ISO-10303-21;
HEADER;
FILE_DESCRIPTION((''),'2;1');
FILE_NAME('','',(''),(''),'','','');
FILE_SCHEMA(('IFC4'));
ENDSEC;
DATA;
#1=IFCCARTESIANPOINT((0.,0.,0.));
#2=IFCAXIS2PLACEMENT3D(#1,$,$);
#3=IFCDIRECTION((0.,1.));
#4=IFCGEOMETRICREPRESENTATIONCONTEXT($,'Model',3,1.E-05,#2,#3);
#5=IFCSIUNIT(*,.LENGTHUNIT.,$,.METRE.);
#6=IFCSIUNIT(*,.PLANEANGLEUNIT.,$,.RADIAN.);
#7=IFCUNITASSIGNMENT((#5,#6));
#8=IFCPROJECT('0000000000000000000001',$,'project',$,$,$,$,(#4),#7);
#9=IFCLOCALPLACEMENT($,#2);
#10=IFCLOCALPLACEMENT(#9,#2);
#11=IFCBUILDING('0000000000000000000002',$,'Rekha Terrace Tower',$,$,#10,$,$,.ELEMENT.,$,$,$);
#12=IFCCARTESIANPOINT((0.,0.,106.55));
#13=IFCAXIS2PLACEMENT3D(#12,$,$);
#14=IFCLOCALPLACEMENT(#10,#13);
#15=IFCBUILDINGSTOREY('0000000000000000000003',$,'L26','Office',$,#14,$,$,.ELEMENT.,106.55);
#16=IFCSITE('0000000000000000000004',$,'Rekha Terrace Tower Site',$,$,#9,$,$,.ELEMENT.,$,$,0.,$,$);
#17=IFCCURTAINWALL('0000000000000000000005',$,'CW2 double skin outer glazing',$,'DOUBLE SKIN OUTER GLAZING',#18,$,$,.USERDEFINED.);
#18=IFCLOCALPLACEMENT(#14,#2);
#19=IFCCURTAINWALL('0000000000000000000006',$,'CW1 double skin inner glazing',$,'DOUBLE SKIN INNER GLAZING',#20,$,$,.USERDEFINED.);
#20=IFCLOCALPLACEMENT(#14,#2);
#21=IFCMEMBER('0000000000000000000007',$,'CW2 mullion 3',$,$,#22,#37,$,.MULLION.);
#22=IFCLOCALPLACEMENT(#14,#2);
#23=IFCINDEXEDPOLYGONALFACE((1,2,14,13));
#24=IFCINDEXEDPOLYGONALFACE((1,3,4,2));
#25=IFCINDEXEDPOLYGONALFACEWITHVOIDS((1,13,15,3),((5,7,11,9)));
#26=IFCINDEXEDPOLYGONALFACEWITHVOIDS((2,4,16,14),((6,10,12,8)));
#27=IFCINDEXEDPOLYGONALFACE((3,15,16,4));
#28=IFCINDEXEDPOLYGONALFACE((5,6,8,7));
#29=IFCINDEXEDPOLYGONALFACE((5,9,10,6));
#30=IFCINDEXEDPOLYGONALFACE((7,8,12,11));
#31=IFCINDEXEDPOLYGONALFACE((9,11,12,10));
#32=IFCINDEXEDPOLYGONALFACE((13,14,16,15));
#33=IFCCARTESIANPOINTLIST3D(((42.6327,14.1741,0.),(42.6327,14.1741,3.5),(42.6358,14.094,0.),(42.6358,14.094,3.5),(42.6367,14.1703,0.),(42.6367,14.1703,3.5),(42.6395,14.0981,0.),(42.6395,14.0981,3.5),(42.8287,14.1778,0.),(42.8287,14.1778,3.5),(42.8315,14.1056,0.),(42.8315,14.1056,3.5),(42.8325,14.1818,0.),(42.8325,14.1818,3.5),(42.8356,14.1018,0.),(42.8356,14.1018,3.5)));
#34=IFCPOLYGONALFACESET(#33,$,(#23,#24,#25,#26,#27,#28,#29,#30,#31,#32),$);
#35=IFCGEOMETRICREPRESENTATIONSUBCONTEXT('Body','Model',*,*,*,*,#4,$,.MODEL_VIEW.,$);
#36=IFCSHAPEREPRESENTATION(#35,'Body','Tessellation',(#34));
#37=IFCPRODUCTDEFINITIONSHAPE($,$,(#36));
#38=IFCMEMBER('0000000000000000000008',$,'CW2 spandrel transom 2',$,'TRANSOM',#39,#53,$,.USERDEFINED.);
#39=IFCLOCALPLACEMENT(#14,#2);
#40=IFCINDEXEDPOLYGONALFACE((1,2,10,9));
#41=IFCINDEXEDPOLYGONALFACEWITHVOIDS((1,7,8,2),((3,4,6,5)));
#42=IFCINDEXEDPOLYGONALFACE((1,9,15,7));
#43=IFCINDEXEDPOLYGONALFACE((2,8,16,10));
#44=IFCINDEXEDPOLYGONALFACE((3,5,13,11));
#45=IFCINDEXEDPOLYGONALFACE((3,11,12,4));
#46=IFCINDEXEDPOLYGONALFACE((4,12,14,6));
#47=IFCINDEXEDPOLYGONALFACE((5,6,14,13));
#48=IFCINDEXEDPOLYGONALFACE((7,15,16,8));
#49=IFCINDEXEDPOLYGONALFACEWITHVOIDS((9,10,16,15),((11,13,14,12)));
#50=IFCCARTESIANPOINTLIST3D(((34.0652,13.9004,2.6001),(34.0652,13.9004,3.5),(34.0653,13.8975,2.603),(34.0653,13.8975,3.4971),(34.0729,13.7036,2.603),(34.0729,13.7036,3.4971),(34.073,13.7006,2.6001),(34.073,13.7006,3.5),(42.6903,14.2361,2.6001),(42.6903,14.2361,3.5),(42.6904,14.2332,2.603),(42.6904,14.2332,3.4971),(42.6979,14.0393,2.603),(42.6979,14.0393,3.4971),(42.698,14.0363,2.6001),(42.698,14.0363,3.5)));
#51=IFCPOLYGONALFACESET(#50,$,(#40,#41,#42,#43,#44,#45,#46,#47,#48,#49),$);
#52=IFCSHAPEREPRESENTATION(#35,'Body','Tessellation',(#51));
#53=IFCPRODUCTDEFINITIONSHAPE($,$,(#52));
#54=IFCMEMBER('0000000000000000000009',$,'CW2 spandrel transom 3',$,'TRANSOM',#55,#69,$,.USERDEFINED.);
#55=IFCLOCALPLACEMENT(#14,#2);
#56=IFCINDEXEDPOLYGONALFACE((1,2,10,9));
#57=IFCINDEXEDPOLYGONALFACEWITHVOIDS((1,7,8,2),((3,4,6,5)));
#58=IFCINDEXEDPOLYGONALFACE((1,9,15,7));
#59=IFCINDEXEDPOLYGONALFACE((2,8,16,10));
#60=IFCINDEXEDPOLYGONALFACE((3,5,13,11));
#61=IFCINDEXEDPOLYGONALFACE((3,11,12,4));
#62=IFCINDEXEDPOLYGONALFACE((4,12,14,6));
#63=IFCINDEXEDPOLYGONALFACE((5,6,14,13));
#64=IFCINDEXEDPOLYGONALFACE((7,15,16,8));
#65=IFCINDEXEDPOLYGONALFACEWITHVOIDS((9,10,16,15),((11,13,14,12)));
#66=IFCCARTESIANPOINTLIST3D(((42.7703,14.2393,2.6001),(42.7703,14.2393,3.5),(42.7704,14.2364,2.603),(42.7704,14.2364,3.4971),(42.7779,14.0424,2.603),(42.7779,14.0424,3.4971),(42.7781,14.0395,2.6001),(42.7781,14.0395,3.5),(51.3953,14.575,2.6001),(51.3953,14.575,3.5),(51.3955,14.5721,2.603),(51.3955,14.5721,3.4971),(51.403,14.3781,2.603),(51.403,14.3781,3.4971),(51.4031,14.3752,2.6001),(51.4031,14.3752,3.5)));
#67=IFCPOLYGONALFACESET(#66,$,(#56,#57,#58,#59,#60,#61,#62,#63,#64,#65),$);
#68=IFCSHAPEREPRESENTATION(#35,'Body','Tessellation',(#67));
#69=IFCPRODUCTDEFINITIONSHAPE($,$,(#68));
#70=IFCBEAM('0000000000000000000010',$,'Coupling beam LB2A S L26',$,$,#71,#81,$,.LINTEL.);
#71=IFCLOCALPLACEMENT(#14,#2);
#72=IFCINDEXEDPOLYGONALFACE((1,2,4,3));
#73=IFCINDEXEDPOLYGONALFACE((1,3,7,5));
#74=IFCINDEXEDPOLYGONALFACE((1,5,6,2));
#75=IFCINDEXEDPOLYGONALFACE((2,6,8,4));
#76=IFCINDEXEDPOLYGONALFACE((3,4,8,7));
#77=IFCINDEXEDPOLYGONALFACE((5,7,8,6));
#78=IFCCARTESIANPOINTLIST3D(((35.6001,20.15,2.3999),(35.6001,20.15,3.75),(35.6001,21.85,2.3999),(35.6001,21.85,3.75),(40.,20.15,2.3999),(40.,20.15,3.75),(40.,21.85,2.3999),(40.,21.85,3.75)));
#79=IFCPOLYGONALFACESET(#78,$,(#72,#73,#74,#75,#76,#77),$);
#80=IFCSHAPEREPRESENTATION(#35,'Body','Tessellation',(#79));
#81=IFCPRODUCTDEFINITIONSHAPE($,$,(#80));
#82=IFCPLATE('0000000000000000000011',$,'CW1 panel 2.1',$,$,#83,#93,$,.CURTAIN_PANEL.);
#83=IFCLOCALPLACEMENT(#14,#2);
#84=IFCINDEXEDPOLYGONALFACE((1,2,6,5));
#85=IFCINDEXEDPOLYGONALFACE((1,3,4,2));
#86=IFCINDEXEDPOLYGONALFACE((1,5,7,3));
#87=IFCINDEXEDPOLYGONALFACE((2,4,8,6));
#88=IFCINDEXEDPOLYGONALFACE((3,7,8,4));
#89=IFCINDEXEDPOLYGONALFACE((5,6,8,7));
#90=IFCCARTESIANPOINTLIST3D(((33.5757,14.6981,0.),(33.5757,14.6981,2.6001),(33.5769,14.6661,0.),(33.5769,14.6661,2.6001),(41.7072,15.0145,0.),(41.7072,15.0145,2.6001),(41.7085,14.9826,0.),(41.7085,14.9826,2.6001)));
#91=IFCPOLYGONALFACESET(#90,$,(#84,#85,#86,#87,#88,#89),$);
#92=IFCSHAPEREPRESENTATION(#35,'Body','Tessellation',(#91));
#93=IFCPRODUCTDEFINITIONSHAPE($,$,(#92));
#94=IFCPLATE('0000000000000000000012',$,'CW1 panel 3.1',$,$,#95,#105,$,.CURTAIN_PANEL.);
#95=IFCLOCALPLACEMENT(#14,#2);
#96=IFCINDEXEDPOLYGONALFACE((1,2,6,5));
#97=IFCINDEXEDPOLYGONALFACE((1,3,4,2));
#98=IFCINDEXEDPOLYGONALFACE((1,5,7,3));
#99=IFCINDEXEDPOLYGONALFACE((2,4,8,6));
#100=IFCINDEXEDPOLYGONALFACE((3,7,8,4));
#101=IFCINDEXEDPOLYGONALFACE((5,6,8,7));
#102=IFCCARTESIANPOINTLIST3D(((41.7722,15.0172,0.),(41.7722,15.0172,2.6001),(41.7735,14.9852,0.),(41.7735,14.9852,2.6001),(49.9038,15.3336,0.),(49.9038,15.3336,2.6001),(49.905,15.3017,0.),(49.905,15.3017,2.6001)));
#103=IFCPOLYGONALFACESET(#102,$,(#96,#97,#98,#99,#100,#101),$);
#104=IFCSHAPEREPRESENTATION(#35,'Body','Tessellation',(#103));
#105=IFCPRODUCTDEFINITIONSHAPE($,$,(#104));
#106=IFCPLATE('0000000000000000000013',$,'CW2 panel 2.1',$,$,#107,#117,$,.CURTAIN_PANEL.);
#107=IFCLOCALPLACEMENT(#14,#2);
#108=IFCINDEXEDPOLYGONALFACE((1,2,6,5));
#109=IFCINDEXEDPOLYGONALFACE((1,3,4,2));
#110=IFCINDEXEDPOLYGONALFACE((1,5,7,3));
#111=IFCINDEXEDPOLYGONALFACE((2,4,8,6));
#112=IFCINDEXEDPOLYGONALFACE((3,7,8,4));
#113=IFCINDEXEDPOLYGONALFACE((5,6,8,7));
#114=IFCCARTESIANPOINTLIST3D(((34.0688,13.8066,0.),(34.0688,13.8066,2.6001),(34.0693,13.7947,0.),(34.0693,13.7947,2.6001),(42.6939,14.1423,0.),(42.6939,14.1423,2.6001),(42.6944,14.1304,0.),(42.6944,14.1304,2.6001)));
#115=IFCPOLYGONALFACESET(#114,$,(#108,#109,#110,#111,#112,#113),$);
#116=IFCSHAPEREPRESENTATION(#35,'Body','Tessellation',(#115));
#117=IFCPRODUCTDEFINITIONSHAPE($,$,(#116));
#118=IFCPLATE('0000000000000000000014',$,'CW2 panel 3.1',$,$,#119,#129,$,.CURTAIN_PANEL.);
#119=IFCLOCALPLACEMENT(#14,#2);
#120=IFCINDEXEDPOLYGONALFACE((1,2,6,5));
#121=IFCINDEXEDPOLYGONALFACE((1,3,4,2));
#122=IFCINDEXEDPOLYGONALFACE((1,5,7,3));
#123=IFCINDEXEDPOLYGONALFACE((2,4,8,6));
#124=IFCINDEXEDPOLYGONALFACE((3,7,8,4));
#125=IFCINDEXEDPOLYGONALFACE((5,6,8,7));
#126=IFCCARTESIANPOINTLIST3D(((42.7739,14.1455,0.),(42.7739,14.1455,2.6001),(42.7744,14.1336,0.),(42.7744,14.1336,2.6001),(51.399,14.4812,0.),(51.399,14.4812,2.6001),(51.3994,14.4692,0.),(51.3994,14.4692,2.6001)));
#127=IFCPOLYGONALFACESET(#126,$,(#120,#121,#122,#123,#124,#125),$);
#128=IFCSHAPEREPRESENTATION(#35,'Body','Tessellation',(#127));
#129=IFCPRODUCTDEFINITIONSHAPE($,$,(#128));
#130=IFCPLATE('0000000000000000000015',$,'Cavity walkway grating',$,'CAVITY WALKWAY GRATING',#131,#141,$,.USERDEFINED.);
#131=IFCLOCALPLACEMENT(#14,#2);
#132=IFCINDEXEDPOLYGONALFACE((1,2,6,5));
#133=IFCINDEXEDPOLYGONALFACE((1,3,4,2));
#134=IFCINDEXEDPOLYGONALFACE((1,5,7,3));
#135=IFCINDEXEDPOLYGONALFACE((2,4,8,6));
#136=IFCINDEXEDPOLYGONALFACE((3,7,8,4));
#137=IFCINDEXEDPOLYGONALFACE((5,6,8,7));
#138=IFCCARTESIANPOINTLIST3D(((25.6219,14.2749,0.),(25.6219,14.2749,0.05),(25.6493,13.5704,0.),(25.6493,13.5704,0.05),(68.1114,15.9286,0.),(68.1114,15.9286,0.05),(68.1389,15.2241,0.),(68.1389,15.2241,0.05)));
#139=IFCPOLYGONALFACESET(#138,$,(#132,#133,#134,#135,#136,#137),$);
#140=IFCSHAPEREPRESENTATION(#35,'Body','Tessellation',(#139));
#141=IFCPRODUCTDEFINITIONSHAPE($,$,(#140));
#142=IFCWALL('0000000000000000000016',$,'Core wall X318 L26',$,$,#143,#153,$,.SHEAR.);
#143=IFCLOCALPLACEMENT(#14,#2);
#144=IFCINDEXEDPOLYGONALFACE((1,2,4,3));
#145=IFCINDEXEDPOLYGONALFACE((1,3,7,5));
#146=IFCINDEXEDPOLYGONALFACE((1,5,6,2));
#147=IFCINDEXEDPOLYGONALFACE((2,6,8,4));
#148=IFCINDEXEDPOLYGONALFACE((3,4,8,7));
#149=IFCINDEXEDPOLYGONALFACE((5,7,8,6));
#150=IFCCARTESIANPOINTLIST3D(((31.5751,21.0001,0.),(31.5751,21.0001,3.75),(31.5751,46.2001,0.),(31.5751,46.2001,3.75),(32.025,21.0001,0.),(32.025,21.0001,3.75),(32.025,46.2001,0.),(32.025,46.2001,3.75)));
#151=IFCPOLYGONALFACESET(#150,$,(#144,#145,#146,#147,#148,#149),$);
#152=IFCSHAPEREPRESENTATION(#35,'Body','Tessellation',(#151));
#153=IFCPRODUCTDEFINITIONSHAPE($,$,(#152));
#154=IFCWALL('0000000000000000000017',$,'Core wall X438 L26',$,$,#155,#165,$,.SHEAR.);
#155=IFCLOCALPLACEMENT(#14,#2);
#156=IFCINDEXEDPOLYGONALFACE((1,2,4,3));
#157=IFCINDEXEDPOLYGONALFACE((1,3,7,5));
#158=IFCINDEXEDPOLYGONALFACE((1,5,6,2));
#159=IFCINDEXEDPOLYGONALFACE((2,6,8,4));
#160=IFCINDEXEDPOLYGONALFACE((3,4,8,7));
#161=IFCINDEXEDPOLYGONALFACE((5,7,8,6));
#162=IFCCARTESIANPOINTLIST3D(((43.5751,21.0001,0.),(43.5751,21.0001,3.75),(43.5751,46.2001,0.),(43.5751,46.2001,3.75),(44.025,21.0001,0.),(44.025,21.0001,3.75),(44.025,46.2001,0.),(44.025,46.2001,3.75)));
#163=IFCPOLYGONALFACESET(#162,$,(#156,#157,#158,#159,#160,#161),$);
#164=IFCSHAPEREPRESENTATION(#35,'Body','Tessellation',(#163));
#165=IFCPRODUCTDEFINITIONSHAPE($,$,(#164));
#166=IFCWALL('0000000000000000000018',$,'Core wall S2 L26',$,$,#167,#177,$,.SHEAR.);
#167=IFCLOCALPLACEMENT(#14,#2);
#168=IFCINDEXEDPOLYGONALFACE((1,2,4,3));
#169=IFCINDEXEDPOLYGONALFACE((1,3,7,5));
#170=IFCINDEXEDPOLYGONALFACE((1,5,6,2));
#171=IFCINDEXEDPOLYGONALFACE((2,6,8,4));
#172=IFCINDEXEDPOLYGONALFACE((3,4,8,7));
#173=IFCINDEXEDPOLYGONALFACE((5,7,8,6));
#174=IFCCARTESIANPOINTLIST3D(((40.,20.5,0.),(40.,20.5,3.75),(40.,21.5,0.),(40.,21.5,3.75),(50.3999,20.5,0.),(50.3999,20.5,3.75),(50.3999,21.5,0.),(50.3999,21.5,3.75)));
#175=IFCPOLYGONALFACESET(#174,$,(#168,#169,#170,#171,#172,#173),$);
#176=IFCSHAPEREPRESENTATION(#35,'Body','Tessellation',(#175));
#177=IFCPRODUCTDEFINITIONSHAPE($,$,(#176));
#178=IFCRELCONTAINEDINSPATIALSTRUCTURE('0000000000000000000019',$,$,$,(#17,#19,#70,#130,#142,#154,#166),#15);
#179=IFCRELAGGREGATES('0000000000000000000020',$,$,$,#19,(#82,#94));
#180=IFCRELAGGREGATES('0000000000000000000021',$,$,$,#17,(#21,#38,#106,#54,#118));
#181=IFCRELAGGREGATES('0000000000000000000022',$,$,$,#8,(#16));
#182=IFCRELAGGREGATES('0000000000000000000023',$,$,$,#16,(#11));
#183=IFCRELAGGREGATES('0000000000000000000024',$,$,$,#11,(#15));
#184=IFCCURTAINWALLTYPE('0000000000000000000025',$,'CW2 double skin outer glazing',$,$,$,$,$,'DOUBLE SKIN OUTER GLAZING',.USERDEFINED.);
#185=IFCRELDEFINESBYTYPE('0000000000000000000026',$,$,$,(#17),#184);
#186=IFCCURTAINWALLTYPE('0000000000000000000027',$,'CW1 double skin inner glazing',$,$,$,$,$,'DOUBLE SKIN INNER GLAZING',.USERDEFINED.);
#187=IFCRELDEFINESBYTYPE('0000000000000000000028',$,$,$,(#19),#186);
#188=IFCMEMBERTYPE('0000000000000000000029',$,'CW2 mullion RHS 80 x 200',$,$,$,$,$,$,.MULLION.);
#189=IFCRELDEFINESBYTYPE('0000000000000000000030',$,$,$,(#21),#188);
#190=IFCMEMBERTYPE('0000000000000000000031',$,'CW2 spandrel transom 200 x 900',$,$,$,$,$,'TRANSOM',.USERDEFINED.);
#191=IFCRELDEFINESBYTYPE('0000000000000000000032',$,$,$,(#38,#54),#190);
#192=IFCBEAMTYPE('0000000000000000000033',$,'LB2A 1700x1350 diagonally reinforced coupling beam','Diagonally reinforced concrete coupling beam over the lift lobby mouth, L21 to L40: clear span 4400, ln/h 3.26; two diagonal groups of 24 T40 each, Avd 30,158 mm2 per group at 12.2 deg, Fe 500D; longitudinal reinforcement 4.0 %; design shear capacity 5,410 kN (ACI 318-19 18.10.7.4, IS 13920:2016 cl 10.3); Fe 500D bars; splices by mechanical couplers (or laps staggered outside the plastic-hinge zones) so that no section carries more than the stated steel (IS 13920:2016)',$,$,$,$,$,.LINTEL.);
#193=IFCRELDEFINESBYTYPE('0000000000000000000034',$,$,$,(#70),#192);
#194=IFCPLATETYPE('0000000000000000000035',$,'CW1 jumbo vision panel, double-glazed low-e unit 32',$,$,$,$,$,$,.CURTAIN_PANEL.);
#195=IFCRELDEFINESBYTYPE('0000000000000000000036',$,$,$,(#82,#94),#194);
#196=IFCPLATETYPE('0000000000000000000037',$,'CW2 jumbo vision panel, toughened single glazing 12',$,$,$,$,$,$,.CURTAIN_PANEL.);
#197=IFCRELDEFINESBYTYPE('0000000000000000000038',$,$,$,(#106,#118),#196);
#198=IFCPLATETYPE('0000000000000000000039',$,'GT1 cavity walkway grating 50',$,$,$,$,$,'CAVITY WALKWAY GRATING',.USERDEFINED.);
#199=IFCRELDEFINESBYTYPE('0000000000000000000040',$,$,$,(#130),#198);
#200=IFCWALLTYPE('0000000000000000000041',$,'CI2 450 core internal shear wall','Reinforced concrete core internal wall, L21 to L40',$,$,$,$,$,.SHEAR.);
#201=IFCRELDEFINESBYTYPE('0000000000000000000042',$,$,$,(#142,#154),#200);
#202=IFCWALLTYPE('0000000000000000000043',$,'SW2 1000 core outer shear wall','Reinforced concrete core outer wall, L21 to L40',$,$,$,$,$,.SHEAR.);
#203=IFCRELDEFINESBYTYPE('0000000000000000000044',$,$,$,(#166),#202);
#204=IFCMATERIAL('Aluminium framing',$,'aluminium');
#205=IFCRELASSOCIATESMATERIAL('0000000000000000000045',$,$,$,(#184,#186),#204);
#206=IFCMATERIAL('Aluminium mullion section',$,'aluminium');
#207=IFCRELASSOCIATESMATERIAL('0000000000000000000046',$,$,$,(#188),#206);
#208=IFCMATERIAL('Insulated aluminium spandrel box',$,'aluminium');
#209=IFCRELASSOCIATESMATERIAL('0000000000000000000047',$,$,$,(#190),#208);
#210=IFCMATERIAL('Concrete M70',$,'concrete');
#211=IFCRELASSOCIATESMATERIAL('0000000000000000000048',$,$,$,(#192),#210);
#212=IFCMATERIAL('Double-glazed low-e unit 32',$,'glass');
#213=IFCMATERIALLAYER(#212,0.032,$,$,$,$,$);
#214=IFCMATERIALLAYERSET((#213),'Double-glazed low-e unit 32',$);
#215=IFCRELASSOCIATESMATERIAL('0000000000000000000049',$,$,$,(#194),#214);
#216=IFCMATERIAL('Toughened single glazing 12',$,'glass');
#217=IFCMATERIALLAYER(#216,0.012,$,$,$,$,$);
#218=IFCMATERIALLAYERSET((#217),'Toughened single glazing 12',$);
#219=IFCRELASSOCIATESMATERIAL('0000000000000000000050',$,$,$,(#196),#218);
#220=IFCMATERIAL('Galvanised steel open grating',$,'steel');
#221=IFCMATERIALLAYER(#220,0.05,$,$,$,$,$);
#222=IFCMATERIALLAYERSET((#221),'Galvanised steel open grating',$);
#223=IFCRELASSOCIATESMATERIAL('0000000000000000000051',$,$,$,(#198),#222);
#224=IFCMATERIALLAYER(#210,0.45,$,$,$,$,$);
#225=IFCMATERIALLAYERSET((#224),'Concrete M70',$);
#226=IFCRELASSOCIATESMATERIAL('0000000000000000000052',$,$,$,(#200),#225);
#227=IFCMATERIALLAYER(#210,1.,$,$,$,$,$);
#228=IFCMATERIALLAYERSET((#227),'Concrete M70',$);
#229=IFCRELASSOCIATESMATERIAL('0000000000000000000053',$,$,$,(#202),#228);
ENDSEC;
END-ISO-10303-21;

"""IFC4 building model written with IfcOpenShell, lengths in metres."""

from ifc_helpers import new_model, si_unit, direction, frame, frame_2d, origin, origin_2d, place, context, subcontext, project, spatial, rectangle, hollow_rectangle, extrude, material, layer, layer_set, material_profile, profile_set, type_object, element, aggregate, save


model = new_model("IFC4")

# Units and contexts
model_context = context("Model", 3, precision=1e-05, world=origin(), true_north=direction((0.0, 1.0)))
body_context = subcontext(model_context, "Body", "Model", "MODEL_VIEW")
ifc_project = project(units=[si_unit("LENGTHUNIT", "METRE"), si_unit("PLANEANGLEUNIT", "RADIAN")], contexts=[model_context])

# Site, building, storey
site_placement = place(None, origin())
site = spatial("IfcSite", under=ifc_project, at=site_placement, Name="Rekha Terrace Tower Site", CompositionType="ELEMENT", RefElevation=0.0)
building_placement = place(site_placement, origin())
building = spatial("IfcBuilding", under=site, at=building_placement, Name="Rekha Terrace Tower", CompositionType="ELEMENT")
storey_placement = place(building_placement, frame((0.0, 0.0, 106.55)))
storey = spatial("IfcBuildingStorey", under=building, at=storey_placement, Name="L26", Description="Office", CompositionType="ELEMENT", Elevation=106.55)

# Shared definitions
ifc_material_1 = material(Name="Concrete M70", Category="concrete")

# Curtain walls
ifc_material_2 = material(Name="Aluminium framing", Category="aluminium")
curtain_wall_type_1 = type_object("IfcCurtainWallType", Name="CW2 double skin outer glazing", ElementType="DOUBLE SKIN OUTER GLAZING", PredefinedType="USERDEFINED", material=ifc_material_2)
curtain_wall_1_placement = place(storey_placement, origin())
curtain_wall_1 = element("IfcCurtainWall", 1, at=curtain_wall_1_placement, inside=storey, type_object=curtain_wall_type_1, Name="CW2 double skin outer glazing", ObjectType="DOUBLE SKIN OUTER GLAZING", PredefinedType="USERDEFINED")
curtain_wall_type_2 = type_object("IfcCurtainWallType", Name="CW1 double skin inner glazing", ElementType="DOUBLE SKIN INNER GLAZING", PredefinedType="USERDEFINED", material=ifc_material_2)
curtain_wall_2_placement = place(storey_placement, origin())
curtain_wall_2 = element("IfcCurtainWall", 2, at=curtain_wall_2_placement, inside=storey, type_object=curtain_wall_type_2, Name="CW1 double skin inner glazing", ObjectType="DOUBLE SKIN INNER GLAZING", PredefinedType="USERDEFINED")
ifc_material_3 = material(Name="Aluminium mullion section", Category="aluminium")
ifc_material_4 = material(Name="Insulated aluminium spandrel box", Category="aluminium")

# Members
ifc_material_profile_1 = material_profile(ifc_material_3, hollow_rectangle(XDim=0.0801, YDim=0.2, WallThickness=0.0039, at=origin_2d()), Name="AL RHS 80x200")
ifc_profile_set_1 = profile_set([ifc_material_profile_1], Name="Aluminium mullion section")
member_type_1 = type_object("IfcMemberType", Name="CW2 mullion RHS 80 x 200", PredefinedType="MULLION", material=ifc_profile_set_1)
member_1_placement = place(storey_placement, frame((42.7341, 14.1379, 0.0), z_axis=(0.0, 0.0, 1.0), x_axis=(-0.03889, 0.999243, 0.0)))
member_1 = element("IfcMember", 3, at=member_1_placement, type_object=member_type_1, Name="CW2 mullion 3", PredefinedType="MULLION", context=body_context, shape_type="SweptSolid", body=[
    extrude(hollow_rectangle(XDim=0.0801, YDim=0.2, WallThickness=0.0039, at=origin_2d()), origin(), (0.0, 0.0, 1.0), 3.5),
])
ifc_material_profile_2 = material_profile(ifc_material_4, hollow_rectangle(XDim=0.2, YDim=0.8999, WallThickness=0.0029, at=origin_2d()), Name="AL SPANDREL BOX 200x900")
ifc_profile_set_2 = profile_set([ifc_material_profile_2], Name="Insulated aluminium spandrel box")
member_type_2 = type_object("IfcMemberType", Name="CW2 spandrel transom 200 x 900", ElementType="TRANSOM", PredefinedType="USERDEFINED", material=ifc_profile_set_2)
member_2_placement = place(storey_placement, frame((34.0691, 13.8005, 3.05), z_axis=(0.999243, 0.038892, 0.0), x_axis=(-0.038892, 0.999243, 0.0)))
member_2 = element("IfcMember", 4, at=member_2_placement, type_object=member_type_2, Name="CW2 spandrel transom 2", ObjectType="TRANSOM", PredefinedType="USERDEFINED", context=body_context, shape_type="SweptSolid", body=[
    extrude(hollow_rectangle(XDim=0.2, YDim=0.8999, WallThickness=0.0029, at=origin_2d()), origin(), (0.0, 0.0, 1.0), 8.6316),
])
member_3_placement = place(storey_placement, frame((42.7742, 14.1394, 3.05), z_axis=(0.999243, 0.038892, 0.0), x_axis=(-0.038892, 0.999243, 0.0)))
member_3 = element("IfcMember", 5, at=member_3_placement, type_object=member_type_2, Name="CW2 spandrel transom 3", ObjectType="TRANSOM", PredefinedType="USERDEFINED", context=body_context, shape_type="SweptSolid", body=[
    extrude(hollow_rectangle(XDim=0.2, YDim=0.8999, WallThickness=0.0029, at=origin_2d()), origin(), (0.0, 0.0, 1.0), 8.6316),
])

# Beam
ifc_material_profile_3 = material_profile(ifc_material_1, rectangle(XDim=1.7, YDim=1.3501, at=origin_2d()), Name="RC 1700x1350")
ifc_profile_set_3 = profile_set([ifc_material_profile_3], Name="Concrete M70")
beam_type = type_object("IfcBeamType", Name="LB2A 1700x1350 diagonally reinforced coupling beam", Description="Diagonally reinforced concrete coupling beam over the lift lobby mouth, L21 to L40: clear span 4400, ln/h 3.26; two diagonal groups of 24 T40 each, Avd 30,158 mm2 per group at 12.2 deg, Fe 500D; longitudinal reinforcement 4.0 %; design shear capacity 5,410 kN (ACI 318-19 18.10.7.4, IS 13920:2016 cl 10.3); Fe 500D bars; splices by mechanical couplers (or laps staggered outside the plastic-hinge zones) so that no section carries more than the stated steel (IS 13920:2016)", PredefinedType="LINTEL", material=ifc_profile_set_3)
beam_placement = place(storey_placement, frame((35.6001, 21.0, 3.075), z_axis=(1.0, 0.0, 0.0), x_axis=(0.0, 1.0, 0.0)))
element("IfcBeam", 6, at=beam_placement, inside=storey, type_object=beam_type, Name="Coupling beam LB2A S L26", PredefinedType="LINTEL", context=body_context, shape_type="SweptSolid", body=[
    extrude(rectangle(XDim=1.7, YDim=1.3501, at=origin_2d()), origin(), (0.0, 0.0, 1.0), 4.3999),
])

# Plates
ifc_material_5 = material(Name="Double-glazed low-e unit 32", Category="glass")
ifc_layer_1 = layer(ifc_material_5, 0.032)
ifc_layer_set_1 = layer_set([ifc_layer_1], Name="Double-glazed low-e unit 32")
plate_type_1 = type_object("IfcPlateType", Name="CW1 jumbo vision panel, double-glazed low-e unit 32", PredefinedType="CURTAIN_PANEL", material=ifc_layer_set_1)
plate_1_placement = place(storey_placement, frame((37.6421, 14.8403, 0.0), z_axis=(0.0, 0.0, 1.0), x_axis=(0.999243, 0.03889, 0.0)))
plate_1 = element("IfcPlate", 7, at=plate_1_placement, type_object=plate_type_1, Name="CW1 panel 2.1", PredefinedType="CURTAIN_PANEL", context=body_context, shape_type="SweptSolid", body=[
    extrude(rectangle(XDim=8.1377, YDim=0.032, at=origin_2d()), origin(), (0.0, 0.0, 1.0), 2.6001),
])
plate_2_placement = place(storey_placement, frame((45.8386, 15.1594, 0.0), z_axis=(0.0, 0.0, 1.0), x_axis=(0.999243, 0.03889, 0.0)))
plate_2 = element("IfcPlate", 8, at=plate_2_placement, type_object=plate_type_1, Name="CW1 panel 3.1", PredefinedType="CURTAIN_PANEL", context=body_context, shape_type="SweptSolid", body=[
    extrude(rectangle(XDim=8.1377, YDim=0.032, at=origin_2d()), origin(), (0.0, 0.0, 1.0), 2.6001),
])
aggregate(curtain_wall_2, [plate_1, plate_2])
ifc_material_6 = material(Name="Toughened single glazing 12", Category="glass")
ifc_layer_2 = layer(ifc_material_6, 0.012)
ifc_layer_set_2 = layer_set([ifc_layer_2], Name="Toughened single glazing 12")
plate_type_2 = type_object("IfcPlateType", Name="CW2 jumbo vision panel, toughened single glazing 12", PredefinedType="CURTAIN_PANEL", material=ifc_layer_set_2)
plate_3_placement = place(storey_placement, frame((38.3816, 13.9685, 0.0), z_axis=(0.0, 0.0, 1.0), x_axis=(0.999243, 0.03889, 0.0)))
plate_3 = element("IfcPlate", 9, at=plate_3_placement, type_object=plate_type_2, Name="CW2 panel 2.1", PredefinedType="CURTAIN_PANEL", context=body_context, shape_type="SweptSolid", body=[
    extrude(rectangle(XDim=8.6316, YDim=0.012, at=origin_2d()), origin(), (0.0, 0.0, 1.0), 2.6001),
])
plate_4_placement = place(storey_placement, frame((47.0867, 14.3074, 0.0), z_axis=(0.0, 0.0, 1.0), x_axis=(0.999243, 0.03889, 0.0)))
plate_4 = element("IfcPlate", 10, at=plate_4_placement, type_object=plate_type_2, Name="CW2 panel 3.1", PredefinedType="CURTAIN_PANEL", context=body_context, shape_type="SweptSolid", body=[
    extrude(rectangle(XDim=8.6316, YDim=0.012, at=origin_2d()), origin(), (0.0, 0.0, 1.0), 2.6001),
])
aggregate(curtain_wall_1, [member_1, member_2, plate_3, member_3, plate_4])
ifc_material_7 = material(Name="Galvanised steel open grating", Category="steel")
ifc_layer_3 = layer(ifc_material_7, 0.05)
ifc_layer_set_3 = layer_set([ifc_layer_3], Name="Galvanised steel open grating")
plate_type_3 = type_object("IfcPlateType", Name="GT1 cavity walkway grating 50", ElementType="CAVITY WALKWAY GRATING", PredefinedType="USERDEFINED", material=ifc_layer_set_3)
plate_5_placement = place(storey_placement, frame((46.8804, 14.7495, 0.0), z_axis=(0.0, 0.0, 1.0), x_axis=(0.999243, 0.03889, 0.0)))
element("IfcPlate", 11, at=plate_5_placement, inside=storey, type_object=plate_type_3, Name="Cavity walkway grating", ObjectType="CAVITY WALKWAY GRATING", PredefinedType="USERDEFINED", context=body_context, shape_type="SweptSolid", body=[
    extrude(rectangle(XDim=42.5217, YDim=0.7051, at=origin_2d()), origin(), (0.0, 0.0, 1.0), 0.05),
])

# Walls
ifc_layer_4 = layer(ifc_material_1, 0.45)
ifc_layer_set_4 = layer_set([ifc_layer_4], Name="Concrete M70")
wall_type_1 = type_object("IfcWallType", Name="CI2 450 core internal shear wall", Description="Reinforced concrete core internal wall, L21 to L40", PredefinedType="SHEAR", material=ifc_layer_set_4)
for number, where, z_axis, x_axis, name in (
    (12, (31.8, 21.0, 0.0), (0.0, 0.0, 1.0), (0.0, 1.0, 0.0), "Core wall X318 L26"),
    (13, (43.8, 21.0, 0.0), (0.0, 0.0, 1.0), (0.0, 1.0, 0.0), "Core wall X438 L26"),
):
    element("IfcWall", number, at=place(storey_placement, frame(where, z_axis=z_axis, x_axis=x_axis)), inside=storey, type_object=wall_type_1, Name=name, PredefinedType="SHEAR", context=body_context, shape_type="SweptSolid", body=[
        extrude(rectangle(XDim=25.2, YDim=0.45, at=frame_2d((12.6001, 0.0))), origin(), (0.0, 0.0, 1.0), 3.75),
    ])
ifc_layer_5 = layer(ifc_material_1, 1.0)
ifc_layer_set_5 = layer_set([ifc_layer_5], Name="Concrete M70")
wall_type_2 = type_object("IfcWallType", Name="SW2 1000 core outer shear wall", Description="Reinforced concrete core outer wall, L21 to L40", PredefinedType="SHEAR", material=ifc_layer_set_5)
wall_1_placement = place(storey_placement, frame((40.0, 21.0, 0.0), z_axis=(0.0, 0.0, 1.0), x_axis=(1.0, 0.0, 0.0)))
element("IfcWall", 14, at=wall_1_placement, inside=storey, type_object=wall_type_2, Name="Core wall S2 L26", PredefinedType="SHEAR", context=body_context, shape_type="SweptSolid", body=[
    extrude(rectangle(XDim=10.3999, YDim=1.0, at=frame_2d((5.2, 0.0))), origin(), (0.0, 0.0, 1.0), 3.75),
])

save(model, "model.ifc")
